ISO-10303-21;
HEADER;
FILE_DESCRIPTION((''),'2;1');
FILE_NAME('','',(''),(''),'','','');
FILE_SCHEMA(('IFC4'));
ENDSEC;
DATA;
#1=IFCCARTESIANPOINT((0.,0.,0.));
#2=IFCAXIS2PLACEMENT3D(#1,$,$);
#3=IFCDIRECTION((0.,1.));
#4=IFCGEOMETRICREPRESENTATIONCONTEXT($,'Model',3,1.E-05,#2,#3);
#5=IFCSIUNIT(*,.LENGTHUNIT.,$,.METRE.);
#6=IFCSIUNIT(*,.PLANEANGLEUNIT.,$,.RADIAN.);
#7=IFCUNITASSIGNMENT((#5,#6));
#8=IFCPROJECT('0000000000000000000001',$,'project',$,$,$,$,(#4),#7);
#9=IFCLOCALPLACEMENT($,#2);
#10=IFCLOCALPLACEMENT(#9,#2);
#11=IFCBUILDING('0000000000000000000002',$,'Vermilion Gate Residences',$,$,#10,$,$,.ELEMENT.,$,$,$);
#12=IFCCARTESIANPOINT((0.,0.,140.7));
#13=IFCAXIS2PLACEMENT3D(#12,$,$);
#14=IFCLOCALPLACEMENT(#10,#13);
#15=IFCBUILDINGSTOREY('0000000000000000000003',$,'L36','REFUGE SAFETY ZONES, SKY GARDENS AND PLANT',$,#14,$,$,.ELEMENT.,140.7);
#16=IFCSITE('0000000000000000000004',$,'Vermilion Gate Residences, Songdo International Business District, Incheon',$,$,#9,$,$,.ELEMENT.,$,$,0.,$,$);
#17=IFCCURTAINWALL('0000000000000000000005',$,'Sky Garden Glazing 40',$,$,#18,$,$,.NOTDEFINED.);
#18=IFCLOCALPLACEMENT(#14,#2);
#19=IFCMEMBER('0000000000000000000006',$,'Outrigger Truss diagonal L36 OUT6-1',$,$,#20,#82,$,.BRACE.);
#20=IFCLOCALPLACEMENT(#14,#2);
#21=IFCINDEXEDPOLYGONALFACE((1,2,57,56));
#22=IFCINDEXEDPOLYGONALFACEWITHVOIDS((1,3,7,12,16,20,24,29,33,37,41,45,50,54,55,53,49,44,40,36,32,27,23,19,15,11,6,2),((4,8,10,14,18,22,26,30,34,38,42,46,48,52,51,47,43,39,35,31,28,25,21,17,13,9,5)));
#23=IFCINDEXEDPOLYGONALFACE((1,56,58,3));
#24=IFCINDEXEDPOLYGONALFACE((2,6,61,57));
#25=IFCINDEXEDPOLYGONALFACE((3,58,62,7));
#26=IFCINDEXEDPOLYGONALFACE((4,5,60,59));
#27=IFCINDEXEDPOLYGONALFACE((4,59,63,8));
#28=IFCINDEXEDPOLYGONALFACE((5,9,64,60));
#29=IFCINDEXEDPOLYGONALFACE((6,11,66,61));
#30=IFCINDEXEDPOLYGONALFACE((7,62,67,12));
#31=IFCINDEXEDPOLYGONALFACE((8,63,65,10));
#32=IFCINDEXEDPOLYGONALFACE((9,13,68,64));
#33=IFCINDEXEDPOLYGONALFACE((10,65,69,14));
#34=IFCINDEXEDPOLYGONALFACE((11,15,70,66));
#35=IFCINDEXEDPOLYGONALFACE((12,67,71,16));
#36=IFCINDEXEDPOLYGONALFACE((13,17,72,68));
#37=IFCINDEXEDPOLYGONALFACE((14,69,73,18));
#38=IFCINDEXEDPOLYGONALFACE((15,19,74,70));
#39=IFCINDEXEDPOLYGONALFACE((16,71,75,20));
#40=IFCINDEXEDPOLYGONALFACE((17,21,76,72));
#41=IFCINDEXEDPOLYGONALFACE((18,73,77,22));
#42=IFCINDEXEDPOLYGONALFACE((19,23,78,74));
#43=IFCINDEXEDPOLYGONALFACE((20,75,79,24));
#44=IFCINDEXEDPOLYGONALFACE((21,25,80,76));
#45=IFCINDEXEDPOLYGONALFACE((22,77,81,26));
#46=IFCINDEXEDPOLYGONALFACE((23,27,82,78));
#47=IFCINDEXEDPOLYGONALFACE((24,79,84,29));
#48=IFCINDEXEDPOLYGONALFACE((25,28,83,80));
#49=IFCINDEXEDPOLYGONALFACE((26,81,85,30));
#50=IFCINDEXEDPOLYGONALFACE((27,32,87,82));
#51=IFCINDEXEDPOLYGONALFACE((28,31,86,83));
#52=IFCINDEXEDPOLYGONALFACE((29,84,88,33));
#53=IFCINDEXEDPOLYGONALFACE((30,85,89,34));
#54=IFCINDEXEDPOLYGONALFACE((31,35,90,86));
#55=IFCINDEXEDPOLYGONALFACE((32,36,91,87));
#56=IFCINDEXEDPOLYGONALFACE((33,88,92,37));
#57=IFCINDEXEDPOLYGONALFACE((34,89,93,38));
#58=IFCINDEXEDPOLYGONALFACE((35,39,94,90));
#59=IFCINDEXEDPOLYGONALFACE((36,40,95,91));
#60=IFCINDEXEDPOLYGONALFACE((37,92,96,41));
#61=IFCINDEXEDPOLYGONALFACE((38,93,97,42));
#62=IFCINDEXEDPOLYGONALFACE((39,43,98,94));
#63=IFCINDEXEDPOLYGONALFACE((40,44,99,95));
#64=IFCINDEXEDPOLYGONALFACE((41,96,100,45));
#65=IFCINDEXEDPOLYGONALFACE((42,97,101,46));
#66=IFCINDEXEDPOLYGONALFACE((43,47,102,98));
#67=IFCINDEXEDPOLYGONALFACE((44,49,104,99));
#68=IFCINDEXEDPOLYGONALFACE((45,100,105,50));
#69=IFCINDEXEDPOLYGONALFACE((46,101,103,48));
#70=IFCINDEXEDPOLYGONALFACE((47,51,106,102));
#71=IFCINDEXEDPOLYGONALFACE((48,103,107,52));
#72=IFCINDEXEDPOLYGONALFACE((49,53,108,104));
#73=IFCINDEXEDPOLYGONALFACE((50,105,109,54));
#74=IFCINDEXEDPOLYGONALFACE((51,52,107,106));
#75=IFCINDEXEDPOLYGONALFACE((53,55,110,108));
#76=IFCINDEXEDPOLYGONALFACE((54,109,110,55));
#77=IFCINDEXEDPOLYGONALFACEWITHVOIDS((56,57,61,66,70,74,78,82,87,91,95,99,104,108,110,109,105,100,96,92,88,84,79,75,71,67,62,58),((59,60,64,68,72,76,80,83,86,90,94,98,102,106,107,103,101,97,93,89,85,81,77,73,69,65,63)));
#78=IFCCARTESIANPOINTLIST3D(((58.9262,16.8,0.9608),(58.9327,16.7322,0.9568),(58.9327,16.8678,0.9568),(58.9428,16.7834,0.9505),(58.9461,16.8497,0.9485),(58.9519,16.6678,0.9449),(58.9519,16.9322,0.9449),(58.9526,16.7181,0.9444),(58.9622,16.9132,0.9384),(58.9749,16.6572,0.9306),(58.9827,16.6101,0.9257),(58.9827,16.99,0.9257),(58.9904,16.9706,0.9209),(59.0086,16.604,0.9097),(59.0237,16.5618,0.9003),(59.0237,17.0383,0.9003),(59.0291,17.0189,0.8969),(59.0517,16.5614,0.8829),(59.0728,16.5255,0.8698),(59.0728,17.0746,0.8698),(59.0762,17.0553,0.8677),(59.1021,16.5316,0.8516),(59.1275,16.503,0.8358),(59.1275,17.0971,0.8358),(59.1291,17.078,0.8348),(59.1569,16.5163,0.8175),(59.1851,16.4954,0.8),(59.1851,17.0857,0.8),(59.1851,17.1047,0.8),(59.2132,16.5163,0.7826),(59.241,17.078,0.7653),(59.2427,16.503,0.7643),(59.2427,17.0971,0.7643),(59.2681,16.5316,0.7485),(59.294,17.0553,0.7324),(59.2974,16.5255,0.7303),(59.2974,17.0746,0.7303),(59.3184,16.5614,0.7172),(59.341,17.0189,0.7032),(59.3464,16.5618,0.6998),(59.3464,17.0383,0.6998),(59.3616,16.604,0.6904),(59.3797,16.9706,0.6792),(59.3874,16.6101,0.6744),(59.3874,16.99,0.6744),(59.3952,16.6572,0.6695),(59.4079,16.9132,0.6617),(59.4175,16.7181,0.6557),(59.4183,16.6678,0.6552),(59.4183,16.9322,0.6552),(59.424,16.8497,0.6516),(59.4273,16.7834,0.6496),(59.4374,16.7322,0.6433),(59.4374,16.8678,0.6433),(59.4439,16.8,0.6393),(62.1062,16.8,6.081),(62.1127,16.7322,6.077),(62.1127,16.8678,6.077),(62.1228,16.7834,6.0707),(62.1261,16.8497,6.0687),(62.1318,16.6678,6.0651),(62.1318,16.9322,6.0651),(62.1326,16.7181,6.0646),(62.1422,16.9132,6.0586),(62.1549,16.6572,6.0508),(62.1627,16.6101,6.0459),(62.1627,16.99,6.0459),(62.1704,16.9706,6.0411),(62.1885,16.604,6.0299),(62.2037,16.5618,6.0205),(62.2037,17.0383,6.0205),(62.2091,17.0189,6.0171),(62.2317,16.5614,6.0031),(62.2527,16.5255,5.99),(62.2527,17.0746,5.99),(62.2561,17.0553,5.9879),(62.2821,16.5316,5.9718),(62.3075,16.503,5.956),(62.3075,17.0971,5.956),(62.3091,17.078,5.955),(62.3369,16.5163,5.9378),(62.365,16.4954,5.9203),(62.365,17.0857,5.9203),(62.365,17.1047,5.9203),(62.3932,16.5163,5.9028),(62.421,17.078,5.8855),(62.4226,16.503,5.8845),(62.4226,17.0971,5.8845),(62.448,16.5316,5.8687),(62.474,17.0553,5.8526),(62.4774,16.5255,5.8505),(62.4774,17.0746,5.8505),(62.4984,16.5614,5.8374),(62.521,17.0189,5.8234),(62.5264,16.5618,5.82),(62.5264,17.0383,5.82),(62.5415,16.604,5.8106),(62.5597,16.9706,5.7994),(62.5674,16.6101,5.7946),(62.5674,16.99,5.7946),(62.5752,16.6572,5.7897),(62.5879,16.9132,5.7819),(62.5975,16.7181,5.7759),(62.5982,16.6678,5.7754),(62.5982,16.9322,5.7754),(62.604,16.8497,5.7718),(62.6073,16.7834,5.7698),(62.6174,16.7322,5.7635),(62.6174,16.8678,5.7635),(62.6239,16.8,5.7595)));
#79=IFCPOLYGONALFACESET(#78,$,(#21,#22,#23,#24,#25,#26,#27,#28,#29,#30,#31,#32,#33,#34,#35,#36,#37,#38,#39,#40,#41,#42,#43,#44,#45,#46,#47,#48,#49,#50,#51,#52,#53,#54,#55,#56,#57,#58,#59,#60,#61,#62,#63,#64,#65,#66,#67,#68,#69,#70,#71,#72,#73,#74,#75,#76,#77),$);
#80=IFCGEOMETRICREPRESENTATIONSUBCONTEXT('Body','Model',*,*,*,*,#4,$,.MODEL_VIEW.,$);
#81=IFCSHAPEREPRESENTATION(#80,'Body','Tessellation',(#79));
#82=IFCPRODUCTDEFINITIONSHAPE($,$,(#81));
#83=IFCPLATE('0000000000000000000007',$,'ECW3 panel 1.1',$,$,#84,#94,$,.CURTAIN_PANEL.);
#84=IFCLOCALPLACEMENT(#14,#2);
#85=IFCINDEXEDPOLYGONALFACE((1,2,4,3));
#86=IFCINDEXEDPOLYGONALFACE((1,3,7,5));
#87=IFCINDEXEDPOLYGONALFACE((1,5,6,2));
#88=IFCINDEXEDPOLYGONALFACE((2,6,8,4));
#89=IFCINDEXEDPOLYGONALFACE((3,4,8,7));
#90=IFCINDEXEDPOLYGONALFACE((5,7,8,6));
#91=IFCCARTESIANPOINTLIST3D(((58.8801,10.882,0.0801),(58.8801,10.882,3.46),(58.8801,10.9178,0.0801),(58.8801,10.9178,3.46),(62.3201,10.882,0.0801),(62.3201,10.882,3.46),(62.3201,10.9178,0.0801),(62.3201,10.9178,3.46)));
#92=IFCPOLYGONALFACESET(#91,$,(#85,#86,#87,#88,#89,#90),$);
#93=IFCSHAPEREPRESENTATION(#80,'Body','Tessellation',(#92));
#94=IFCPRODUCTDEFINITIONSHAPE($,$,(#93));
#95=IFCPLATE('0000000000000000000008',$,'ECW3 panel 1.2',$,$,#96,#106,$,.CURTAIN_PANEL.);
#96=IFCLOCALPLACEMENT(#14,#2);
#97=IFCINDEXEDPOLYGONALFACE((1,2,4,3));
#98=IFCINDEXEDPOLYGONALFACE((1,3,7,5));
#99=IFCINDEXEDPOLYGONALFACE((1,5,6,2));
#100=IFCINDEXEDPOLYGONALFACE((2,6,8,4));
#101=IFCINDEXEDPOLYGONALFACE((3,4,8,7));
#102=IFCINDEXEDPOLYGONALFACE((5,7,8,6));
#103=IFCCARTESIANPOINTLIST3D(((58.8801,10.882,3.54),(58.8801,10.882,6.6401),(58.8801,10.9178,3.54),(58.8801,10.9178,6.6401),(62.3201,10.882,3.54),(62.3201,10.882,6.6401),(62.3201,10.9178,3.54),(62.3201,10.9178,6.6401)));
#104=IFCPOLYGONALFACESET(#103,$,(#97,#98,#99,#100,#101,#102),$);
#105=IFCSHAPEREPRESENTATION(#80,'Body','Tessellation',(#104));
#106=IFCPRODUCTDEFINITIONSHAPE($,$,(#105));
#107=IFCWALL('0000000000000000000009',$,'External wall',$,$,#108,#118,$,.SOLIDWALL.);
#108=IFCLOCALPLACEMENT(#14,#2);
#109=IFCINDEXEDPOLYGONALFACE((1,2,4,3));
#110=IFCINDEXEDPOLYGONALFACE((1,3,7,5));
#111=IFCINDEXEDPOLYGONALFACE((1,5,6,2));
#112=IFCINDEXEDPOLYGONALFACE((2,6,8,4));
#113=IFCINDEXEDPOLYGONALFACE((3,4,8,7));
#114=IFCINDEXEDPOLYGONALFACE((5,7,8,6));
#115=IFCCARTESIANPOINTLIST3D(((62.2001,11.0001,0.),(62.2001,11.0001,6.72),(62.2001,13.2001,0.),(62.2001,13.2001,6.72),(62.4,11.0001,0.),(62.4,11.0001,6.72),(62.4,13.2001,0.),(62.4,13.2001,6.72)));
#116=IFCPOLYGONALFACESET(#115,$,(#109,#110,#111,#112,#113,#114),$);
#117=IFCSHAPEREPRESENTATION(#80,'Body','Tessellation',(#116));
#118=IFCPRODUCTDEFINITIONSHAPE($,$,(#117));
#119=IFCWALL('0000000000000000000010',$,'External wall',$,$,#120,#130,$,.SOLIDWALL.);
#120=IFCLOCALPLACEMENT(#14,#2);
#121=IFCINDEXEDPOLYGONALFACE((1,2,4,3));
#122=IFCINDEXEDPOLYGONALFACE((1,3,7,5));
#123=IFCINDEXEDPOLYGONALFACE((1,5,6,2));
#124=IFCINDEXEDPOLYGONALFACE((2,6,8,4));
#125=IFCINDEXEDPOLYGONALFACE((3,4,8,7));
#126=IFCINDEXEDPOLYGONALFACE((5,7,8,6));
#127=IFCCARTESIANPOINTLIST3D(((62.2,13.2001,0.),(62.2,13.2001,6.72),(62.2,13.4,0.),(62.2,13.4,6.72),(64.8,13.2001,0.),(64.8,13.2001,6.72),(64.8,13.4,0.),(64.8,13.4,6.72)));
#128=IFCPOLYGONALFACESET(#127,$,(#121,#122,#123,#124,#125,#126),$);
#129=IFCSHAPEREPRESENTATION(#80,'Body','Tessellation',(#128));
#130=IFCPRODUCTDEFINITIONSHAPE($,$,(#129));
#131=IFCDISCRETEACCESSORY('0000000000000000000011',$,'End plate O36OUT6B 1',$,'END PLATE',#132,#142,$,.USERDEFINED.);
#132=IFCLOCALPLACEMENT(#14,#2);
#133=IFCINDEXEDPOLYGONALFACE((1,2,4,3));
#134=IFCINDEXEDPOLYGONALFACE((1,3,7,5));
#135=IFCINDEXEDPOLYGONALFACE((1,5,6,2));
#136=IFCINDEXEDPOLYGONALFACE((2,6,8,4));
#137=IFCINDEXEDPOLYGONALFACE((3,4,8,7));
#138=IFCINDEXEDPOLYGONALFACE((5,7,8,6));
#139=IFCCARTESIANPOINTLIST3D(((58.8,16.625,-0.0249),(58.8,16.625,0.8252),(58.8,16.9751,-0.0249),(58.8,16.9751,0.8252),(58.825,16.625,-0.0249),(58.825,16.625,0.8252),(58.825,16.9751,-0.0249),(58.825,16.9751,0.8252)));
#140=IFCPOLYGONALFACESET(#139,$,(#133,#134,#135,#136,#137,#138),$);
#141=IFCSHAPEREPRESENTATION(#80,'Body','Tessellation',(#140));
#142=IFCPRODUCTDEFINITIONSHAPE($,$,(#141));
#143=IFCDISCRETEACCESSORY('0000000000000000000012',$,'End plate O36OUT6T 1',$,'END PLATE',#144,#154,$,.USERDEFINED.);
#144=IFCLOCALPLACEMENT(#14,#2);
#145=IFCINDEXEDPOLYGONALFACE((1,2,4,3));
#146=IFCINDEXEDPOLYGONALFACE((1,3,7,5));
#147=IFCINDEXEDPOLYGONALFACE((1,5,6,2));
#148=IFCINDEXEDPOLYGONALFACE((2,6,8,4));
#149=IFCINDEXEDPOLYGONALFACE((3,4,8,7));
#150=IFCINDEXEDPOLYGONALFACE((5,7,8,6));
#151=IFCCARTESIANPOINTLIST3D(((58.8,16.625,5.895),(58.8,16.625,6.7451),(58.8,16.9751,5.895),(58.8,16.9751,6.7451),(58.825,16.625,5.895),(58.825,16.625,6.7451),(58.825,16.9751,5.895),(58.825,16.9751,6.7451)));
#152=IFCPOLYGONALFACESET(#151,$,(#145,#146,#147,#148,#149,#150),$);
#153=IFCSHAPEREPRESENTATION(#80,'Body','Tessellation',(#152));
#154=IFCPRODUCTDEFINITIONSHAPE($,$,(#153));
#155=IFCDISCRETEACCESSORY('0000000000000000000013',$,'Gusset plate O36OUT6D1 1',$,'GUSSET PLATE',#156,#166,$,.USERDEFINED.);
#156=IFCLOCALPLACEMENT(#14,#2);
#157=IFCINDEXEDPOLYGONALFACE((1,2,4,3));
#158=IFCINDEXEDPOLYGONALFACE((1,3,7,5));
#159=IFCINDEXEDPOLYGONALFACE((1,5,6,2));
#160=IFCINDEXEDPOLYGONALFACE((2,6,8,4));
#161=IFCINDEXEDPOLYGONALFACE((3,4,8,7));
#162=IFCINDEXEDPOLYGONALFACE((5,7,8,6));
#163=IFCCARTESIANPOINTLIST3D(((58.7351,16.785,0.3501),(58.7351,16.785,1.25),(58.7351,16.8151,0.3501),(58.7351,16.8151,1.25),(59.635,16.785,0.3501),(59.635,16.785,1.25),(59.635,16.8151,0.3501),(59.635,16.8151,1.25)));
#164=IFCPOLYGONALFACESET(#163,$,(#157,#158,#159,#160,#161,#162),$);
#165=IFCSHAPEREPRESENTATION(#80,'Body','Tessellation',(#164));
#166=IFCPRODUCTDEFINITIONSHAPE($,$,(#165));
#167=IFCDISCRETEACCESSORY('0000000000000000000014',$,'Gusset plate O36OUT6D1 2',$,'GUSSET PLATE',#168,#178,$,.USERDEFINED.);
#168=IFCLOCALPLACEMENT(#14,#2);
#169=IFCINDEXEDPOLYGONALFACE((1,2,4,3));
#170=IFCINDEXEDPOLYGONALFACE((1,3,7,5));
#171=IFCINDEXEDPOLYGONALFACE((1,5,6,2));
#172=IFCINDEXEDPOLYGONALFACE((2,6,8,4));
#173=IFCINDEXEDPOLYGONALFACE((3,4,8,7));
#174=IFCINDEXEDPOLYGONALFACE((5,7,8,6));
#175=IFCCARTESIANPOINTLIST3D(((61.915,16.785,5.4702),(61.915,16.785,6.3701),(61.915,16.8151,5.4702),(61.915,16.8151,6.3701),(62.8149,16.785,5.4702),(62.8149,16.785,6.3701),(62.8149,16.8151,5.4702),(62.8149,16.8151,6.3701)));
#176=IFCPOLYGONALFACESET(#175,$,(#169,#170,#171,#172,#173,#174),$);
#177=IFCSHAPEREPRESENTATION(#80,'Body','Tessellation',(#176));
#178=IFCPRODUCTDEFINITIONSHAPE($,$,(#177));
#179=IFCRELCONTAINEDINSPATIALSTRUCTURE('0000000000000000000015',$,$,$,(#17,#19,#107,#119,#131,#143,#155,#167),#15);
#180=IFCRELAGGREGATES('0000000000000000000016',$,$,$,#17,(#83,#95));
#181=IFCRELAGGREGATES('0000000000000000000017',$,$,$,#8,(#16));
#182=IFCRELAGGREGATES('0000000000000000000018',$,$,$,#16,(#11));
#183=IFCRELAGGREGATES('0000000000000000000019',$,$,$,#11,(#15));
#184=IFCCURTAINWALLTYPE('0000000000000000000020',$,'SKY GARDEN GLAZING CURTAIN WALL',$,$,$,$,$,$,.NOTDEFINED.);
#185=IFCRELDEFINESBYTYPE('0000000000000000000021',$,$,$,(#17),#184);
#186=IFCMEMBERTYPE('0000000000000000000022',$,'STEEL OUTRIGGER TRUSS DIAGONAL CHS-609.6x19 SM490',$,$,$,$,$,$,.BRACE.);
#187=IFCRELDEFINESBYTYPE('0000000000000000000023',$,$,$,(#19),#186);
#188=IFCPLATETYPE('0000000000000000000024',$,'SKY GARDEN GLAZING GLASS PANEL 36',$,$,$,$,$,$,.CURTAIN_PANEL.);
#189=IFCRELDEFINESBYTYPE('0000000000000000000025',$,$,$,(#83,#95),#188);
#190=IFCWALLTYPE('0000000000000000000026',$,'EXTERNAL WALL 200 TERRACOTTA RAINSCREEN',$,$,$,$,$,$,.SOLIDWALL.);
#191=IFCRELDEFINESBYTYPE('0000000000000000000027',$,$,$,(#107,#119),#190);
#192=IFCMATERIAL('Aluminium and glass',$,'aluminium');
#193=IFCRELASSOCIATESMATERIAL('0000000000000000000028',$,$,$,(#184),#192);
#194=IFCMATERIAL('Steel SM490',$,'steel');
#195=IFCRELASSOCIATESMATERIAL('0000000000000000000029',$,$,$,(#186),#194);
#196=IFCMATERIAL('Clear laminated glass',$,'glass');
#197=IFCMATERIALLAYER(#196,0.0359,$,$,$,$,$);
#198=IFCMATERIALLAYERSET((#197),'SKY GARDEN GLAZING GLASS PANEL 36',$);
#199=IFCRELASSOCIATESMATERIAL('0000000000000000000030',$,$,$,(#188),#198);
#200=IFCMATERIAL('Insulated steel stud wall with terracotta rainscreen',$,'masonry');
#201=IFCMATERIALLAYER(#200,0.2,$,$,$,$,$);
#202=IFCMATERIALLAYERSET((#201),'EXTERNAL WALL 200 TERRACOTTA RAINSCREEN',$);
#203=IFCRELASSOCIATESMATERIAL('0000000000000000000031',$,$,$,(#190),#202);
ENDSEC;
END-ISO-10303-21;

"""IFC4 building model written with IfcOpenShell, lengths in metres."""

from ifc_helpers import new_model, si_unit, direction, frame, frame_2d, origin, origin_2d, place, context, subcontext, project, spatial, rectangle, hollow_circle, extrude, material, layer, layer_set, material_profile, profile_set, type_object, element, aggregate, save


model = new_model("IFC4")

# Units and contexts
model_context = context("Model", 3, precision=1e-05, world=origin(), true_north=direction((0.0, 1.0)))
body_context = subcontext(model_context, "Body", "Model", "MODEL_VIEW")
ifc_project = project(units=[si_unit("LENGTHUNIT", "METRE"), si_unit("PLANEANGLEUNIT", "RADIAN")], contexts=[model_context])

# Site, building, storey
site_placement = place(None, origin())
site = spatial("IfcSite", under=ifc_project, at=site_placement, Name="Vermilion Gate Residences, Songdo International Business District, Incheon", CompositionType="ELEMENT", RefElevation=0.0)
building_placement = place(site_placement, origin())
building = spatial("IfcBuilding", under=site, at=building_placement, Name="Vermilion Gate Residences", CompositionType="ELEMENT")
storey_placement = place(building_placement, frame((0.0, 0.0, 140.7)))
storey = spatial("IfcBuildingStorey", under=building, at=storey_placement, Name="L36", Description="REFUGE SAFETY ZONES, SKY GARDENS AND PLANT", CompositionType="ELEMENT", Elevation=140.7)

# Curtain wall
ifc_material_1 = material(Name="Aluminium and glass", Category="aluminium")
curtain_wall_type = type_object("IfcCurtainWallType", Name="SKY GARDEN GLAZING CURTAIN WALL", PredefinedType="NOTDEFINED", material=ifc_material_1)
curtain_wall_1_placement = place(storey_placement, origin())
curtain_wall_1 = element("IfcCurtainWall", 1, at=curtain_wall_1_placement, inside=storey, type_object=curtain_wall_type, Name="Sky Garden Glazing 40", PredefinedType="NOTDEFINED")

# Member
ifc_material_2 = material(Name="Steel SM490", Category="steel")
ifc_material_profile_1 = material_profile(ifc_material_2, hollow_circle(Radius=0.3047, WallThickness=0.019, at=origin_2d()), Name="CHS-609.6x19")
ifc_profile_set_1 = profile_set([ifc_material_profile_1], Name="Steel SM490")
member_type_1 = type_object("IfcMemberType", Name="STEEL OUTRIGGER TRUSS DIAGONAL CHS-609.6x19 SM490", PredefinedType="BRACE", material=ifc_profile_set_1)
member_1_placement = place(storey_placement, frame((59.1851, 16.8, 0.8), z_axis=(0.527594, 0.0, 0.849497), x_axis=(0.0, 1.0, 0.0)))
element("IfcMember", 2, at=member_1_placement, inside=storey, type_object=member_type_1, Name="Outrigger Truss diagonal L36 OUT6-1", PredefinedType="BRACE", context=body_context, shape_type="SweptSolid", body=[
    extrude(hollow_circle(Radius=0.3047, WallThickness=0.019, at=origin_2d()), origin(), (0.0, 0.0, 1.0), 6.0273),
])

# Plates
ifc_material_3 = material(Name="Clear laminated glass", Category="glass")
ifc_layer_1 = layer(ifc_material_3, 0.0359)
ifc_layer_set_1 = layer_set([ifc_layer_1], Name="SKY GARDEN GLAZING GLASS PANEL 36")
plate_type = type_object("IfcPlateType", Name="SKY GARDEN GLAZING GLASS PANEL 36", PredefinedType="CURTAIN_PANEL", material=ifc_layer_set_1)
plate_1_placement = place(storey_placement, frame((60.6001, 10.8999, 0.0801), z_axis=(0.0, 0.0, 1.0), x_axis=(1.0, 0.0, 0.0)))
plate_1 = element("IfcPlate", 3, at=plate_1_placement, type_object=plate_type, Name="ECW3 panel 1.1", PredefinedType="CURTAIN_PANEL", context=body_context, shape_type="SweptSolid", body=[
    extrude(rectangle(XDim=3.4399, YDim=0.0359, at=origin_2d()), origin(), (0.0, 0.0, 1.0), 3.3799),
])
plate_2_placement = place(storey_placement, frame((60.6001, 10.8999, 3.54), z_axis=(0.0, 0.0, 1.0), x_axis=(1.0, 0.0, 0.0)))
plate_2 = element("IfcPlate", 4, at=plate_2_placement, type_object=plate_type, Name="ECW3 panel 1.2", PredefinedType="CURTAIN_PANEL", context=body_context, shape_type="SweptSolid", body=[
    extrude(rectangle(XDim=3.4399, YDim=0.0359, at=origin_2d()), origin(), (0.0, 0.0, 1.0), 3.1001),
])
aggregate(curtain_wall_1, [plate_1, plate_2])

# Walls
ifc_material_4 = material(Name="Insulated steel stud wall with terracotta rainscreen", Category="masonry")
ifc_layer_2 = layer(ifc_material_4, 0.2)
ifc_layer_set_2 = layer_set([ifc_layer_2], Name="EXTERNAL WALL 200 TERRACOTTA RAINSCREEN")
wall_type = type_object("IfcWallType", Name="EXTERNAL WALL 200 TERRACOTTA RAINSCREEN", PredefinedType="SOLIDWALL", material=ifc_layer_set_2)
wall_1_placement = place(storey_placement, frame((62.3, 11.0, 0.0), z_axis=(0.0, 0.0, 1.0), x_axis=(0.0, 1.0, 0.0)))
element("IfcWall", 5, at=wall_1_placement, inside=storey, type_object=wall_type, Name="External wall", PredefinedType="SOLIDWALL", context=body_context, shape_type="SweptSolid", body=[
    extrude(rectangle(XDim=2.2, YDim=0.2, at=frame_2d((1.1001, 0.0))), origin(), (0.0, 0.0, 1.0), 6.72),
])
wall_2_placement = place(storey_placement, frame((62.2, 13.3, 0.0), z_axis=(0.0, 0.0, 1.0), x_axis=(1.0, 0.0, 0.0)))
element("IfcWall", 6, at=wall_2_placement, inside=storey, type_object=wall_type, Name="External wall", PredefinedType="SOLIDWALL", context=body_context, shape_type="SweptSolid", body=[
    extrude(rectangle(XDim=2.6001, YDim=0.2, at=frame_2d((1.3, 0.0))), origin(), (0.0, 0.0, 1.0), 6.72),
])

# Discrete accessories
for number, where, z_axis, x_axis, name in (
    (7, (58.8125, 16.8, -0.0249), (0.0, 0.0, 1.0), (1.0, 0.0, 0.0), "End plate O36OUT6B 1"),
    (8, (58.8125, 16.8, 5.895), (0.0, 0.0, 1.0), (1.0, 0.0, 0.0), "End plate O36OUT6T 1"),
):
    element("IfcDiscreteAccessory", number, at=place(storey_placement, frame(where, z_axis=z_axis, x_axis=x_axis)), inside=storey, Name=name, ObjectType="END PLATE", PredefinedType="USERDEFINED", context=body_context, shape_type="SweptSolid", body=[
        extrude(rectangle(XDim=0.0249, YDim=0.3501, at=origin_2d()), origin(), (0.0, 0.0, 1.0), 0.8501),
    ])
for number, where, z_axis, x_axis, name in (
    (9, (59.1851, 16.8, 0.3501), (0.0, 0.0, 1.0), (1.0, 0.0, 0.0), "Gusset plate O36OUT6D1 1"),
    (10, (62.365, 16.8, 5.4702), (0.0, 0.0, 1.0), (1.0, 0.0, 0.0), "Gusset plate O36OUT6D1 2"),
):
    element("IfcDiscreteAccessory", number, at=place(storey_placement, frame(where, z_axis=z_axis, x_axis=x_axis)), inside=storey, Name=name, ObjectType="GUSSET PLATE", PredefinedType="USERDEFINED", context=body_context, shape_type="SweptSolid", body=[
        extrude(rectangle(XDim=0.8999, YDim=0.03, at=origin_2d()), origin(), (0.0, 0.0, 1.0), 0.8999),
    ])

save(model, "model.ifc")
